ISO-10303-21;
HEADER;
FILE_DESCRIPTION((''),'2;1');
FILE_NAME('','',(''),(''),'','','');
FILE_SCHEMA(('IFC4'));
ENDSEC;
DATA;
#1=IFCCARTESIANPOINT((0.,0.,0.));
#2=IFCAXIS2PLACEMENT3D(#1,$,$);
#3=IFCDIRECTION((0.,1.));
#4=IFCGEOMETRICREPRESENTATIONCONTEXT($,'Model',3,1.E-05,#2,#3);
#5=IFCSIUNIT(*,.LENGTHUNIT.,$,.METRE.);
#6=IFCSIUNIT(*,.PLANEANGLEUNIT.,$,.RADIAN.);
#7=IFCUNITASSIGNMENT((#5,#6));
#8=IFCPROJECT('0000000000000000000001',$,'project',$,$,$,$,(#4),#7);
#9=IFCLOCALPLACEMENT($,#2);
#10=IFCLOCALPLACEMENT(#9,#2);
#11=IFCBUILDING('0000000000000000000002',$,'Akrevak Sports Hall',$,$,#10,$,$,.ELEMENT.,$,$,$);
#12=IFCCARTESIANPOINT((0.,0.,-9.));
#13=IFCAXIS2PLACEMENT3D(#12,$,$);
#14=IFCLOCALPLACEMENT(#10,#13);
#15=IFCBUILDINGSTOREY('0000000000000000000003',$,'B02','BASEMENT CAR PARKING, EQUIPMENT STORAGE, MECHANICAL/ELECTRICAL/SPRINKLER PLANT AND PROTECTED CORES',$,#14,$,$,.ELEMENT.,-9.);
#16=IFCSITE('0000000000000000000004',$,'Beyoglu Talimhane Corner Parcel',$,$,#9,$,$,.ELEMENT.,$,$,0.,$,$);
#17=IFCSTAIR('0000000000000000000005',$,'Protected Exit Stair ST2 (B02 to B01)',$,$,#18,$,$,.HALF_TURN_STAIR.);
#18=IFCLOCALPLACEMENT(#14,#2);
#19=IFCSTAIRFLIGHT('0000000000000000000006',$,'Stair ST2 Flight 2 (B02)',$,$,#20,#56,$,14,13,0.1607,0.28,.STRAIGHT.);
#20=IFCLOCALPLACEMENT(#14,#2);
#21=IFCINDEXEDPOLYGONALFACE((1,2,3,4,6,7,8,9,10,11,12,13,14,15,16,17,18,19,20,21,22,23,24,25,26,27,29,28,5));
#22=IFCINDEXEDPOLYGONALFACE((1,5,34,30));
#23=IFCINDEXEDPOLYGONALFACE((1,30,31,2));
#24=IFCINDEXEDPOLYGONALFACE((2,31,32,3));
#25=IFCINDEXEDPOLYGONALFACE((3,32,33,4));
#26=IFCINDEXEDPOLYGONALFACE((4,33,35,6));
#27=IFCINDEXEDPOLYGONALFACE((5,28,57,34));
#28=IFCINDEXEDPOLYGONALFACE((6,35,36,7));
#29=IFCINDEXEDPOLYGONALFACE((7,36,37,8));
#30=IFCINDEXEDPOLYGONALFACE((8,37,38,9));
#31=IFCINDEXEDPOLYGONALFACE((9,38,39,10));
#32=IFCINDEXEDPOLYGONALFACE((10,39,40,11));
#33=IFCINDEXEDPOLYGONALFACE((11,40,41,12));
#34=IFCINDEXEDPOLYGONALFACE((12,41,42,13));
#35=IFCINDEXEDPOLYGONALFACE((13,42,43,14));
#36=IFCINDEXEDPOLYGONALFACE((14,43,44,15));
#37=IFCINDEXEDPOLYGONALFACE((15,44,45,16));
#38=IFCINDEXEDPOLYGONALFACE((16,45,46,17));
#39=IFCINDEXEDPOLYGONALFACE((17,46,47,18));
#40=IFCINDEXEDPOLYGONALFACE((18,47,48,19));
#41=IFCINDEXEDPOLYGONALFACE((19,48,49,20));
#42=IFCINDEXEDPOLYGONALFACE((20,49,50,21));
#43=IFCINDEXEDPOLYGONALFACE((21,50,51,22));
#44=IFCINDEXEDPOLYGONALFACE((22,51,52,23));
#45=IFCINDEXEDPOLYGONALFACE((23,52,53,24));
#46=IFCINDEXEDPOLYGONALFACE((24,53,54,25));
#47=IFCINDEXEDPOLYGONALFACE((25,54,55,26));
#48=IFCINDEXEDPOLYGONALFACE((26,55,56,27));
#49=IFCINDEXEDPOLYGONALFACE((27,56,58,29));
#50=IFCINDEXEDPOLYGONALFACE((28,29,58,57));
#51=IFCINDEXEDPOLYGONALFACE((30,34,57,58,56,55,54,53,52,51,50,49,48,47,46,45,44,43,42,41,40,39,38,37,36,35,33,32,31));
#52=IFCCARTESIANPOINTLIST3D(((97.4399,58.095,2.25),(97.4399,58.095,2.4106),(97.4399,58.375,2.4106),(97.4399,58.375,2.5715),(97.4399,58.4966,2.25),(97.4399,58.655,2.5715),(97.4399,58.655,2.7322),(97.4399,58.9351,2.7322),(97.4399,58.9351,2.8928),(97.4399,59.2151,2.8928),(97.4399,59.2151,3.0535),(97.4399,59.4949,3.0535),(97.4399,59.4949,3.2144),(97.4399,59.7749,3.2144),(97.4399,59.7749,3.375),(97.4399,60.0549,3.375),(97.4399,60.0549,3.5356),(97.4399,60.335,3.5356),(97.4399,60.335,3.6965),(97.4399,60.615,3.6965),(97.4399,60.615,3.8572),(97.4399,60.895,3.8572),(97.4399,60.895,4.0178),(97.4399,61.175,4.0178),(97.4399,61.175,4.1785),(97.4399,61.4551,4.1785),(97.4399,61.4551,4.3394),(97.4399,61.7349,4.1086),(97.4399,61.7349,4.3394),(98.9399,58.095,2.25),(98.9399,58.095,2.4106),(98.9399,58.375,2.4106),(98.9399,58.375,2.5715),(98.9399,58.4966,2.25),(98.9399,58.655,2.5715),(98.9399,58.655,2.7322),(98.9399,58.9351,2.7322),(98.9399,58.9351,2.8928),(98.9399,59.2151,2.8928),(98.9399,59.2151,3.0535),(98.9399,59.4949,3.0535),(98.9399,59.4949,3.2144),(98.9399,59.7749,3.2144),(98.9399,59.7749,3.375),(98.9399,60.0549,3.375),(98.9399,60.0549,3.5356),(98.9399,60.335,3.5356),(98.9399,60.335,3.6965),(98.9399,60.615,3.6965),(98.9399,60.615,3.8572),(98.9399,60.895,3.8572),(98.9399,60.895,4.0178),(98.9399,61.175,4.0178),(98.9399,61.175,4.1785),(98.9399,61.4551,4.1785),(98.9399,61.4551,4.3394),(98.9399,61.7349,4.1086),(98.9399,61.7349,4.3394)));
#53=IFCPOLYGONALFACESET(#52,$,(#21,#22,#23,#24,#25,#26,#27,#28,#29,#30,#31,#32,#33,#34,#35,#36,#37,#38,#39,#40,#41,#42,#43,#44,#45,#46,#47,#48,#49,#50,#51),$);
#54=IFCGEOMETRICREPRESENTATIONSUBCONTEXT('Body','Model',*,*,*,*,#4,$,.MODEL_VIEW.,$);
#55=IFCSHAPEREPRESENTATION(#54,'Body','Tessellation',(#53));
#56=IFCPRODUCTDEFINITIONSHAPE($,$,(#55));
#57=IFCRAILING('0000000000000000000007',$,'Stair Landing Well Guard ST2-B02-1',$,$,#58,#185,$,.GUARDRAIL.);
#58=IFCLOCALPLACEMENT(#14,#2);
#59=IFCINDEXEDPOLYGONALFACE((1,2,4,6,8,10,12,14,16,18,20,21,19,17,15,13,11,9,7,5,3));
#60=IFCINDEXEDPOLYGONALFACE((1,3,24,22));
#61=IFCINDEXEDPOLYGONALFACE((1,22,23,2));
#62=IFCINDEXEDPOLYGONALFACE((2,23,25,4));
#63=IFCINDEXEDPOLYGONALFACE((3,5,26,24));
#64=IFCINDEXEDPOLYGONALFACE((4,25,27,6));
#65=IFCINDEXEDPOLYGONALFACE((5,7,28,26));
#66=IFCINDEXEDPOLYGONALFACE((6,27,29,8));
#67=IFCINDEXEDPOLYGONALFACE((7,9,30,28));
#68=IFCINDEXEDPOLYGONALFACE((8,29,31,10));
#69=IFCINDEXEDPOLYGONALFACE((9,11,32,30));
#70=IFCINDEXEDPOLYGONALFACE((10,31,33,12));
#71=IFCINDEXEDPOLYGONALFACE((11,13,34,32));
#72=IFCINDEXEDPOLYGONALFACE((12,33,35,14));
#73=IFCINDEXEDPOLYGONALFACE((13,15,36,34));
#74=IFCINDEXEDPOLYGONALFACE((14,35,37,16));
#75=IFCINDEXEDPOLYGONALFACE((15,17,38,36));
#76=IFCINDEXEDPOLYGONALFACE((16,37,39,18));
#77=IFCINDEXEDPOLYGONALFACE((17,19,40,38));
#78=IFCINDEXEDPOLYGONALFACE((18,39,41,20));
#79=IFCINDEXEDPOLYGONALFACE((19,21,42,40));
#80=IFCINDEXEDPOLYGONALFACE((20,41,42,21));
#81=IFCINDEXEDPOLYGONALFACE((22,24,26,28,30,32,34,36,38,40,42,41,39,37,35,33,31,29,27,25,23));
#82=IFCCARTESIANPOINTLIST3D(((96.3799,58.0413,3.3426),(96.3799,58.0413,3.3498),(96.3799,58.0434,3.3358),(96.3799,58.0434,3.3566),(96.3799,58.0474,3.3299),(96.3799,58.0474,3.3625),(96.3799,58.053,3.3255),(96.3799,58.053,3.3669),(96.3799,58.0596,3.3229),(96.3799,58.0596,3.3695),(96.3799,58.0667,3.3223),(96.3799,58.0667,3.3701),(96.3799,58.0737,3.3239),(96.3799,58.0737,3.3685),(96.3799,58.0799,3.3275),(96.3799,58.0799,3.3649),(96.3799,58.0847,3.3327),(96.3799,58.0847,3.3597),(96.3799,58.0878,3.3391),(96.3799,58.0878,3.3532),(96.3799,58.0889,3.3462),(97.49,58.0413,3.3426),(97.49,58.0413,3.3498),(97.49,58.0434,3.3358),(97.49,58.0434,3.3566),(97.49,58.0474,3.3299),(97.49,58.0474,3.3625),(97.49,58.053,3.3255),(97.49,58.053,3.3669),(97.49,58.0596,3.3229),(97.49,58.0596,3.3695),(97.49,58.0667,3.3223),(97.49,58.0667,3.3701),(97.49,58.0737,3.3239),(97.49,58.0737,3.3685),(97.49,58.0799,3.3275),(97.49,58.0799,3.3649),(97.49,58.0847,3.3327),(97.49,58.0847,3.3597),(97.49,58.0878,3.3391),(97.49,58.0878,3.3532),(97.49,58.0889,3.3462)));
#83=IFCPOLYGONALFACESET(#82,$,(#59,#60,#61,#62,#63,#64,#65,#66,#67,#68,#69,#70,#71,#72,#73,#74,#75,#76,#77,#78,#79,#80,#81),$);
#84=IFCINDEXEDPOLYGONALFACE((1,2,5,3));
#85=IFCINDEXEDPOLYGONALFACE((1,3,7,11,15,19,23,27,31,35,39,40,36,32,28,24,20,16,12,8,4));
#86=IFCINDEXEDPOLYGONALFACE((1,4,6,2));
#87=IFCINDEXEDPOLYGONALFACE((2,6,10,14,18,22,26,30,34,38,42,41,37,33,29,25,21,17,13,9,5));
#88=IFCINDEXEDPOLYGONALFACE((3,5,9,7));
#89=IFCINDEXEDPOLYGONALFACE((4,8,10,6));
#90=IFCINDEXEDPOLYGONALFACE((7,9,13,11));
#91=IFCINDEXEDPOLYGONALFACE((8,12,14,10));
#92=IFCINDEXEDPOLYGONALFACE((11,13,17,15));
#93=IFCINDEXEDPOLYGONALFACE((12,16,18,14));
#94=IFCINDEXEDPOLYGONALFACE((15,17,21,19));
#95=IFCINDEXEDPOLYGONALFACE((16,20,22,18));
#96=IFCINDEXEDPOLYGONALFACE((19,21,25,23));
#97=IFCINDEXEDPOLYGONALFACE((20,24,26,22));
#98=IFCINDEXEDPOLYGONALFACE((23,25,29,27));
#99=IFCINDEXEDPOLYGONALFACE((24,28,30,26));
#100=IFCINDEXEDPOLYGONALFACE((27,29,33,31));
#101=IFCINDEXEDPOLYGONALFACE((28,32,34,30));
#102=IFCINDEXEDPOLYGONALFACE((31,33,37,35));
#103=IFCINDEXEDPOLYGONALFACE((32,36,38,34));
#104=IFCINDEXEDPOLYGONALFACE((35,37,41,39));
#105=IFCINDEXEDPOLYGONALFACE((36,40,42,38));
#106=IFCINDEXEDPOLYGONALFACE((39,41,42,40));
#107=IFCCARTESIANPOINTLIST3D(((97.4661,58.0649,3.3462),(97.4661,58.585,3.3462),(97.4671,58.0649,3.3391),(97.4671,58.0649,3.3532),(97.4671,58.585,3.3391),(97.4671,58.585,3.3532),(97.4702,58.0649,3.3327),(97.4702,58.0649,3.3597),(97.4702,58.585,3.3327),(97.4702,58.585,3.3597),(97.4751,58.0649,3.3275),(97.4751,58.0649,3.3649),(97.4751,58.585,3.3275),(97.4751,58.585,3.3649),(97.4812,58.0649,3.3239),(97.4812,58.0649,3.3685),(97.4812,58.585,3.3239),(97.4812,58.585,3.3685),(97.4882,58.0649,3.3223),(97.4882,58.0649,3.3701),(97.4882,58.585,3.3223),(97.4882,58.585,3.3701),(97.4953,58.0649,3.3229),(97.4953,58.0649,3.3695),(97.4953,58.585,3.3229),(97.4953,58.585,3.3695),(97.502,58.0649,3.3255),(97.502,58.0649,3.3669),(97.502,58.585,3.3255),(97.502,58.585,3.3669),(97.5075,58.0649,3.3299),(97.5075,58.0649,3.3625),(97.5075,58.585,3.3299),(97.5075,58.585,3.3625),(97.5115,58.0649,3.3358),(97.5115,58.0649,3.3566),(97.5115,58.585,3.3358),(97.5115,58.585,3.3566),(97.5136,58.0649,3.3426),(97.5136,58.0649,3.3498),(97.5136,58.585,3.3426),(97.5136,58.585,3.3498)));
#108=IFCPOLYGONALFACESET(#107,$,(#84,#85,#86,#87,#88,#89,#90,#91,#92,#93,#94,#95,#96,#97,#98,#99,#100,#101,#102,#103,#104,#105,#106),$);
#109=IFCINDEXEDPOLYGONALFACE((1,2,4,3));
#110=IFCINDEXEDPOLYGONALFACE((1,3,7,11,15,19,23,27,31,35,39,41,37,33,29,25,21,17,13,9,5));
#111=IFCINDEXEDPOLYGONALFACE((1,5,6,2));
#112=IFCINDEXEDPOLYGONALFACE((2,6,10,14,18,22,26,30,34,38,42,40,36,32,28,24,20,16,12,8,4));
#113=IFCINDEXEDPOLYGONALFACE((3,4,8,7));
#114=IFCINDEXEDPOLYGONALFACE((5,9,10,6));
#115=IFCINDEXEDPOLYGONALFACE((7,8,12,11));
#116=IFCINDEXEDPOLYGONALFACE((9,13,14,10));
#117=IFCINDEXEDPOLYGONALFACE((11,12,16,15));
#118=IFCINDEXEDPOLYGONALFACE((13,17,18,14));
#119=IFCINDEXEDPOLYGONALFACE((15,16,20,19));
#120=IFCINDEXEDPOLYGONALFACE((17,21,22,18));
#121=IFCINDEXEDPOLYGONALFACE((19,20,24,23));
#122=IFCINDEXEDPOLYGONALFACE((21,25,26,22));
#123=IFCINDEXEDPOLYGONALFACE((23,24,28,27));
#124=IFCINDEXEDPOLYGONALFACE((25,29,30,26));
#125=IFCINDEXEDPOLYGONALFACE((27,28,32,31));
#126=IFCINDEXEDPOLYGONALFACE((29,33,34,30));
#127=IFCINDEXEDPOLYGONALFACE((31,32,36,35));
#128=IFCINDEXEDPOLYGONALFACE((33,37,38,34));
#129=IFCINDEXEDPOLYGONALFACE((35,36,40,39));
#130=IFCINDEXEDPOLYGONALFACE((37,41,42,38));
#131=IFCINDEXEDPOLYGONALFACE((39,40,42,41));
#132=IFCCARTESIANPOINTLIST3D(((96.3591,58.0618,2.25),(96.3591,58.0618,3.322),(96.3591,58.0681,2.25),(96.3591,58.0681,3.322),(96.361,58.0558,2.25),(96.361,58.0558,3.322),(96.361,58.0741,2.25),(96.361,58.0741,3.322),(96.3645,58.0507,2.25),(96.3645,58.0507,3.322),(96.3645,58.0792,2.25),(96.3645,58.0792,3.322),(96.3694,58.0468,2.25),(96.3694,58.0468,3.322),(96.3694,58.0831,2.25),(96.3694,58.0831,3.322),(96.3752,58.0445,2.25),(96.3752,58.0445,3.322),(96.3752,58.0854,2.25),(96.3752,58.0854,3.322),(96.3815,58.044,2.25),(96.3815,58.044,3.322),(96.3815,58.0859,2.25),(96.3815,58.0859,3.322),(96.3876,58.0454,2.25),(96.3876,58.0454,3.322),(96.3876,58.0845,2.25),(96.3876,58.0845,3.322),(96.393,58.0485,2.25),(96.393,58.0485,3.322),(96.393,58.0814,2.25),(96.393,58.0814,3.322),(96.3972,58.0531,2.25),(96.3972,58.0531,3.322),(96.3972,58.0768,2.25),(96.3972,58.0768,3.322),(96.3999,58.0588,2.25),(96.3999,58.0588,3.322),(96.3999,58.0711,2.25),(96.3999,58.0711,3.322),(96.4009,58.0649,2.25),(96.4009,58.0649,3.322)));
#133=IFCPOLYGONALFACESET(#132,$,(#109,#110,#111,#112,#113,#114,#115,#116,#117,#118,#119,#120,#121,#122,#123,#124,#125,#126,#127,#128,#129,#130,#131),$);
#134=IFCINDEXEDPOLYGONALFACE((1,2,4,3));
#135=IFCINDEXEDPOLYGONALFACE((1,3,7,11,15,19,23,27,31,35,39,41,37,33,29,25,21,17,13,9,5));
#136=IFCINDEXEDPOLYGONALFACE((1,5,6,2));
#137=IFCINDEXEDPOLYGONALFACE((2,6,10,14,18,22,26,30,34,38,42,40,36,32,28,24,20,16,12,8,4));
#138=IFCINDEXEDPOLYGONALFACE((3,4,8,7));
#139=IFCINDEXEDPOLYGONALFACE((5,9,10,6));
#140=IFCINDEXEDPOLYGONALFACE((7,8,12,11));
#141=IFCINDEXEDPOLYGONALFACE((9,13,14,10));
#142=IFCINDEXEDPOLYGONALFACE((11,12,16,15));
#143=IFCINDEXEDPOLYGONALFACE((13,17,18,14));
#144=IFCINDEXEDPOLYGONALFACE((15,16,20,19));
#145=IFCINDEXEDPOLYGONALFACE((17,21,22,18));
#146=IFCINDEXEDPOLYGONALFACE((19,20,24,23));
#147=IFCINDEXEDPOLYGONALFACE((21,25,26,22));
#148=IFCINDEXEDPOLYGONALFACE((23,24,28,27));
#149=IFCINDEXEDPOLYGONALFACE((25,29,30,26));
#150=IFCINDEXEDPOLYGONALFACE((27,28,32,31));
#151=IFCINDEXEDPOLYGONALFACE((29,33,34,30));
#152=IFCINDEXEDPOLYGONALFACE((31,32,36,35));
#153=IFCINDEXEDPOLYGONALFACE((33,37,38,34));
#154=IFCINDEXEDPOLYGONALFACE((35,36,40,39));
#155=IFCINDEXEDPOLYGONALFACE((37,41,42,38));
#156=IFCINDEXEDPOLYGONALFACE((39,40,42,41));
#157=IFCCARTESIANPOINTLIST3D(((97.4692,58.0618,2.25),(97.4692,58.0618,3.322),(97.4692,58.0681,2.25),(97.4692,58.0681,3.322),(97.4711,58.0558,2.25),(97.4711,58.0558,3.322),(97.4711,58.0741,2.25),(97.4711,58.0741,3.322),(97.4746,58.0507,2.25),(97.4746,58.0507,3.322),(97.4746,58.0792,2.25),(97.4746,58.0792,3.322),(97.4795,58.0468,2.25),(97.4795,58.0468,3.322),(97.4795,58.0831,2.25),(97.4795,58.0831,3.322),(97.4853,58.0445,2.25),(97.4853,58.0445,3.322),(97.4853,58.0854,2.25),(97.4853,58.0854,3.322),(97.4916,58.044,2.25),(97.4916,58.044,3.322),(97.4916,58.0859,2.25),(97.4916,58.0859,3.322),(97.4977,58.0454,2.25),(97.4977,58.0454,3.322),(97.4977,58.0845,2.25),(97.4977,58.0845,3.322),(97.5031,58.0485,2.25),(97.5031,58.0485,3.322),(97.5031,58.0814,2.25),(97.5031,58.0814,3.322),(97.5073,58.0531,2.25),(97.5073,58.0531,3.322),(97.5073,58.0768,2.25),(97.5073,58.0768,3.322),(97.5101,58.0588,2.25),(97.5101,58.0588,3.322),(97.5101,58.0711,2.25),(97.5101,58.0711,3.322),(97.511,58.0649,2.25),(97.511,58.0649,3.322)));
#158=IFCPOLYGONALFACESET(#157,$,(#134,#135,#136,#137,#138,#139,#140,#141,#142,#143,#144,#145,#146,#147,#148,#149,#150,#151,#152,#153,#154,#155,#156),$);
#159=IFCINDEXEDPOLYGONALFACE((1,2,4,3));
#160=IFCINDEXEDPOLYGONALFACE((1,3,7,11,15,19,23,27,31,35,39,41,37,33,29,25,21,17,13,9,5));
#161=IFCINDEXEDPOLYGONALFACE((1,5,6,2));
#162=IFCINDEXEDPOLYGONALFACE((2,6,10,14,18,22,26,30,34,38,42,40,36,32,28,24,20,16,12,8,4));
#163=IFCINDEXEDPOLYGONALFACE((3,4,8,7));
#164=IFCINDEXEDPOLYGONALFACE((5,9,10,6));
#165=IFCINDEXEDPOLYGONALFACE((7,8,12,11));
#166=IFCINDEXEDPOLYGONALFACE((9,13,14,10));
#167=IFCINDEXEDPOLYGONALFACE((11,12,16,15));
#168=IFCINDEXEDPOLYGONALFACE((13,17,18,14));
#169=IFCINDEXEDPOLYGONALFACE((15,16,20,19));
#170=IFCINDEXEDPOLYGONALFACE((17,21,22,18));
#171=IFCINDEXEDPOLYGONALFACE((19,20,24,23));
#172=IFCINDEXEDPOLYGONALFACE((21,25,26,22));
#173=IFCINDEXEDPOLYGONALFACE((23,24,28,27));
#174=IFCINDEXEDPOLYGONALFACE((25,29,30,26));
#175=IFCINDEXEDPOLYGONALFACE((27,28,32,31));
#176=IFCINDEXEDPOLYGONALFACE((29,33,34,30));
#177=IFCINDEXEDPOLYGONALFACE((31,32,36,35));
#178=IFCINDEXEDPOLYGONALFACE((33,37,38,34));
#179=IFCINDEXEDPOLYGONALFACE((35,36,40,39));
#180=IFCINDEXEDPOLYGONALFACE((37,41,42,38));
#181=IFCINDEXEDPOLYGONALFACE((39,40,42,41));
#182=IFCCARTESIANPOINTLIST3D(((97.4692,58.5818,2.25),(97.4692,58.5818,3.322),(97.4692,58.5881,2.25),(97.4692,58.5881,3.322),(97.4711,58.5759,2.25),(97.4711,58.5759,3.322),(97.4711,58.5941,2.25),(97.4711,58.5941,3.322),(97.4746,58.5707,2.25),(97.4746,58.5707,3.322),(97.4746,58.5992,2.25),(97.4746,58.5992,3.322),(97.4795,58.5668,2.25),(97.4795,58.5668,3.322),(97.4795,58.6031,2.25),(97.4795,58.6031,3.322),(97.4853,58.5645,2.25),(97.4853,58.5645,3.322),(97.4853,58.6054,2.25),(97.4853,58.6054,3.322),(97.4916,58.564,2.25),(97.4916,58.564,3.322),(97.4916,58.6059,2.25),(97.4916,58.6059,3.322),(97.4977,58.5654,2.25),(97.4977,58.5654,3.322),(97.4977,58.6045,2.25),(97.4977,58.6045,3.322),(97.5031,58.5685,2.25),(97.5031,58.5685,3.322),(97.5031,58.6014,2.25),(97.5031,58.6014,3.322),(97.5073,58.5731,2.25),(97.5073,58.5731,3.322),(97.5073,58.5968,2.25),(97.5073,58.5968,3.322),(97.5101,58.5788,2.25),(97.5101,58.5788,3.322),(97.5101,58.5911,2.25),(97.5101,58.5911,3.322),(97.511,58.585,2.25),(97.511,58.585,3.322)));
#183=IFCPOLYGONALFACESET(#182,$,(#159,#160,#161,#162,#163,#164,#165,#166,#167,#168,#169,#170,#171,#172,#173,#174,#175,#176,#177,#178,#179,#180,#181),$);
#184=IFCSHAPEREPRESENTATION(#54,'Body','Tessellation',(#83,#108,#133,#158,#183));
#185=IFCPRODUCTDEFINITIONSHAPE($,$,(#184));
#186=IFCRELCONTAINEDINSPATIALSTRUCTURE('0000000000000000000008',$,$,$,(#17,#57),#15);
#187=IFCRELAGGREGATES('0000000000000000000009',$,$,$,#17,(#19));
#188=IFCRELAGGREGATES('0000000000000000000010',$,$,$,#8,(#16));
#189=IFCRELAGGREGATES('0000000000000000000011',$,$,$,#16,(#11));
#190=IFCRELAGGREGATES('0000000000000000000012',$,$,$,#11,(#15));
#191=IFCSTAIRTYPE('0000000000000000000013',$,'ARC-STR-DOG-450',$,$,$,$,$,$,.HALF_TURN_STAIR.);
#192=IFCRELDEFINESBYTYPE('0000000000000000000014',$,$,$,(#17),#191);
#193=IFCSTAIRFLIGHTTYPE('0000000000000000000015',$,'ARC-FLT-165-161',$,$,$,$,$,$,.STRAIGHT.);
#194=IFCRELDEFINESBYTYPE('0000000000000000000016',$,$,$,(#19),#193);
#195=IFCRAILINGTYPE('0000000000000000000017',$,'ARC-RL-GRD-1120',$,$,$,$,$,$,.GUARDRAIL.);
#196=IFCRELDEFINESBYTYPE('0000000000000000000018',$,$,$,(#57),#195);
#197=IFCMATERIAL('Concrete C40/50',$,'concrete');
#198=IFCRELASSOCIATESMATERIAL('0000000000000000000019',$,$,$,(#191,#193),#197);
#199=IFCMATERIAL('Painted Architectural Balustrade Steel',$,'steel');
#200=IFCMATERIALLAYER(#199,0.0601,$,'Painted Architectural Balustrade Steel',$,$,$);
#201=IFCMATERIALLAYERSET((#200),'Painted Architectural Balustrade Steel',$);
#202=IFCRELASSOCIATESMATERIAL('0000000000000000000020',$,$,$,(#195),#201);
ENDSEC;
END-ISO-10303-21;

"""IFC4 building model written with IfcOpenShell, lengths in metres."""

from ifc_helpers import new_model, si_unit, direction, frame, origin, origin_2d, place, context, subcontext, project, spatial, polyline, circle, outline, extrude, material, layer, layer_set, type_object, element, aggregate, save


model = new_model("IFC4")

# Units and contexts
model_context = context("Model", 3, precision=1e-05, world=origin(), true_north=direction((0.0, 1.0)))
body_context = subcontext(model_context, "Body", "Model", "MODEL_VIEW")
ifc_project = project(units=[si_unit("LENGTHUNIT", "METRE"), si_unit("PLANEANGLEUNIT", "RADIAN")], contexts=[model_context])

# Site, building, storey
site_placement = place(None, origin())
site = spatial("IfcSite", under=ifc_project, at=site_placement, Name="Beyoglu Talimhane Corner Parcel", CompositionType="ELEMENT", RefElevation=0.0)
building_placement = place(site_placement, origin())
building = spatial("IfcBuilding", under=site, at=building_placement, Name="Akrevak Sports Hall", CompositionType="ELEMENT")
storey_placement = place(building_placement, frame((0.0, 0.0, -9.0)))
storey = spatial("IfcBuildingStorey", under=building, at=storey_placement, Name="B02", Description="BASEMENT CAR PARKING, EQUIPMENT STORAGE, MECHANICAL/ELECTRICAL/SPRINKLER PLANT AND PROTECTED CORES", CompositionType="ELEMENT", Elevation=-9.0)

# Shared definitions
ifc_material_1 = material(Name="Concrete C40/50", Category="concrete")

# Stair, stair flight
stair_type = type_object("IfcStairType", Name="ARC-STR-DOG-450", PredefinedType="HALF_TURN_STAIR", material=ifc_material_1)
stair_placement = place(storey_placement, origin())
stair = element("IfcStair", 1, at=stair_placement, inside=storey, type_object=stair_type, Name="Protected Exit Stair ST2 (B02 to B01)", PredefinedType="HALF_TURN_STAIR")
stair_flight_type = type_object("IfcStairFlightType", Name="ARC-FLT-165-161", PredefinedType="STRAIGHT", material=ifc_material_1)
stair_flight_1_placement = place(storey_placement, frame((98.1899, 58.095, 2.25), z_axis=(0.0, 0.0, 1.0), x_axis=(0.0, 1.0, 0.0)))
stair_flight_1 = element("IfcStairFlight", 2, at=stair_flight_1_placement, type_object=stair_flight_type, Name="Stair ST2 Flight 2 (B02)", NumberOfRisers=14, NumberOfTreads=13, PredefinedType="STRAIGHT", RiserHeight=0.1607, TreadLength=0.28, context=body_context, shape_type="SweptSolid", body=[
    extrude(outline(polyline([(0.0, 0.0), (0.0, 0.1606), (0.28, 0.1606), (0.28, 0.3215), (0.5601, 0.3215), (0.5601, 0.4822), (0.8401, 0.4822), (0.8401, 0.6428), (1.1201, 0.6428), (1.1201, 0.8035), (1.3999, 0.8035), (1.3999, 0.9644), (1.6799, 0.9644), (1.6799, 1.125), (1.96, 1.125), (1.96, 1.2856), (2.24, 1.2856), (2.24, 1.4465), (2.52, 1.4465), (2.52, 1.6072), (2.8, 1.6072), (2.8, 1.7678), (3.0801, 1.7678), (3.0801, 1.9285), (3.3601, 1.9285), (3.3601, 2.0894), (3.6399, 2.0894), (3.6399, 2.25), (3.6399, 1.8586), (0.4016, 0.0), (0.0, 0.0)])), frame((0.0, 0.75, 0.0), z_axis=(0.0, -1.0, 0.0), x_axis=(1.0, 0.0, 0.0)), (0.0, 0.0, 1.0), 1.5),
])
aggregate(stair, [stair_flight_1])

# Railing
ifc_material_2 = material(Name="Painted Architectural Balustrade Steel", Category="steel")
ifc_layer_1 = layer(ifc_material_2, 0.0601, Name="Painted Architectural Balustrade Steel")
ifc_layer_set_1 = layer_set([ifc_layer_1], Name="Painted Architectural Balustrade Steel")
railing_type_1 = type_object("IfcRailingType", Name="ARC-RL-GRD-1120", PredefinedType="GUARDRAIL", material=ifc_layer_set_1)
railing_1_placement = place(storey_placement, frame((96.3799, 58.0649, 2.25)))
element("IfcRailing", 3, at=railing_1_placement, inside=storey, type_object=railing_type_1, Name="Stair Landing Well Guard ST2-B02-1", PredefinedType="GUARDRAIL", context=body_context, shape_type="SweptSolid", body=[
    extrude(circle(Radius=0.0239, at=origin_2d()), frame((0.0, 0.0, 1.0962), z_axis=(1.0, 0.0, 0.0), x_axis=(0.0, 1.0, 0.0)), (0.0, 0.0, 1.0), 1.1101),
    extrude(circle(Radius=0.0239, at=origin_2d()), frame((1.1101, 0.0, 1.0962), z_axis=(0.0, 1.0, 0.0), x_axis=(-1.0, 0.0, 0.0)), (0.0, 0.0, 1.0), 0.52),
    extrude(circle(Radius=0.021, at=origin_2d()), origin(), (0.0, 0.0, 1.0), 1.072),
    extrude(circle(Radius=0.021, at=origin_2d()), frame((1.1101, 0.0, 0.0)), (0.0, 0.0, 1.0), 1.072),
    extrude(circle(Radius=0.021, at=origin_2d()), frame((1.1101, 0.52, 0.0)), (0.0, 0.0, 1.0), 1.072),
])

save(model, "model.ifc")
